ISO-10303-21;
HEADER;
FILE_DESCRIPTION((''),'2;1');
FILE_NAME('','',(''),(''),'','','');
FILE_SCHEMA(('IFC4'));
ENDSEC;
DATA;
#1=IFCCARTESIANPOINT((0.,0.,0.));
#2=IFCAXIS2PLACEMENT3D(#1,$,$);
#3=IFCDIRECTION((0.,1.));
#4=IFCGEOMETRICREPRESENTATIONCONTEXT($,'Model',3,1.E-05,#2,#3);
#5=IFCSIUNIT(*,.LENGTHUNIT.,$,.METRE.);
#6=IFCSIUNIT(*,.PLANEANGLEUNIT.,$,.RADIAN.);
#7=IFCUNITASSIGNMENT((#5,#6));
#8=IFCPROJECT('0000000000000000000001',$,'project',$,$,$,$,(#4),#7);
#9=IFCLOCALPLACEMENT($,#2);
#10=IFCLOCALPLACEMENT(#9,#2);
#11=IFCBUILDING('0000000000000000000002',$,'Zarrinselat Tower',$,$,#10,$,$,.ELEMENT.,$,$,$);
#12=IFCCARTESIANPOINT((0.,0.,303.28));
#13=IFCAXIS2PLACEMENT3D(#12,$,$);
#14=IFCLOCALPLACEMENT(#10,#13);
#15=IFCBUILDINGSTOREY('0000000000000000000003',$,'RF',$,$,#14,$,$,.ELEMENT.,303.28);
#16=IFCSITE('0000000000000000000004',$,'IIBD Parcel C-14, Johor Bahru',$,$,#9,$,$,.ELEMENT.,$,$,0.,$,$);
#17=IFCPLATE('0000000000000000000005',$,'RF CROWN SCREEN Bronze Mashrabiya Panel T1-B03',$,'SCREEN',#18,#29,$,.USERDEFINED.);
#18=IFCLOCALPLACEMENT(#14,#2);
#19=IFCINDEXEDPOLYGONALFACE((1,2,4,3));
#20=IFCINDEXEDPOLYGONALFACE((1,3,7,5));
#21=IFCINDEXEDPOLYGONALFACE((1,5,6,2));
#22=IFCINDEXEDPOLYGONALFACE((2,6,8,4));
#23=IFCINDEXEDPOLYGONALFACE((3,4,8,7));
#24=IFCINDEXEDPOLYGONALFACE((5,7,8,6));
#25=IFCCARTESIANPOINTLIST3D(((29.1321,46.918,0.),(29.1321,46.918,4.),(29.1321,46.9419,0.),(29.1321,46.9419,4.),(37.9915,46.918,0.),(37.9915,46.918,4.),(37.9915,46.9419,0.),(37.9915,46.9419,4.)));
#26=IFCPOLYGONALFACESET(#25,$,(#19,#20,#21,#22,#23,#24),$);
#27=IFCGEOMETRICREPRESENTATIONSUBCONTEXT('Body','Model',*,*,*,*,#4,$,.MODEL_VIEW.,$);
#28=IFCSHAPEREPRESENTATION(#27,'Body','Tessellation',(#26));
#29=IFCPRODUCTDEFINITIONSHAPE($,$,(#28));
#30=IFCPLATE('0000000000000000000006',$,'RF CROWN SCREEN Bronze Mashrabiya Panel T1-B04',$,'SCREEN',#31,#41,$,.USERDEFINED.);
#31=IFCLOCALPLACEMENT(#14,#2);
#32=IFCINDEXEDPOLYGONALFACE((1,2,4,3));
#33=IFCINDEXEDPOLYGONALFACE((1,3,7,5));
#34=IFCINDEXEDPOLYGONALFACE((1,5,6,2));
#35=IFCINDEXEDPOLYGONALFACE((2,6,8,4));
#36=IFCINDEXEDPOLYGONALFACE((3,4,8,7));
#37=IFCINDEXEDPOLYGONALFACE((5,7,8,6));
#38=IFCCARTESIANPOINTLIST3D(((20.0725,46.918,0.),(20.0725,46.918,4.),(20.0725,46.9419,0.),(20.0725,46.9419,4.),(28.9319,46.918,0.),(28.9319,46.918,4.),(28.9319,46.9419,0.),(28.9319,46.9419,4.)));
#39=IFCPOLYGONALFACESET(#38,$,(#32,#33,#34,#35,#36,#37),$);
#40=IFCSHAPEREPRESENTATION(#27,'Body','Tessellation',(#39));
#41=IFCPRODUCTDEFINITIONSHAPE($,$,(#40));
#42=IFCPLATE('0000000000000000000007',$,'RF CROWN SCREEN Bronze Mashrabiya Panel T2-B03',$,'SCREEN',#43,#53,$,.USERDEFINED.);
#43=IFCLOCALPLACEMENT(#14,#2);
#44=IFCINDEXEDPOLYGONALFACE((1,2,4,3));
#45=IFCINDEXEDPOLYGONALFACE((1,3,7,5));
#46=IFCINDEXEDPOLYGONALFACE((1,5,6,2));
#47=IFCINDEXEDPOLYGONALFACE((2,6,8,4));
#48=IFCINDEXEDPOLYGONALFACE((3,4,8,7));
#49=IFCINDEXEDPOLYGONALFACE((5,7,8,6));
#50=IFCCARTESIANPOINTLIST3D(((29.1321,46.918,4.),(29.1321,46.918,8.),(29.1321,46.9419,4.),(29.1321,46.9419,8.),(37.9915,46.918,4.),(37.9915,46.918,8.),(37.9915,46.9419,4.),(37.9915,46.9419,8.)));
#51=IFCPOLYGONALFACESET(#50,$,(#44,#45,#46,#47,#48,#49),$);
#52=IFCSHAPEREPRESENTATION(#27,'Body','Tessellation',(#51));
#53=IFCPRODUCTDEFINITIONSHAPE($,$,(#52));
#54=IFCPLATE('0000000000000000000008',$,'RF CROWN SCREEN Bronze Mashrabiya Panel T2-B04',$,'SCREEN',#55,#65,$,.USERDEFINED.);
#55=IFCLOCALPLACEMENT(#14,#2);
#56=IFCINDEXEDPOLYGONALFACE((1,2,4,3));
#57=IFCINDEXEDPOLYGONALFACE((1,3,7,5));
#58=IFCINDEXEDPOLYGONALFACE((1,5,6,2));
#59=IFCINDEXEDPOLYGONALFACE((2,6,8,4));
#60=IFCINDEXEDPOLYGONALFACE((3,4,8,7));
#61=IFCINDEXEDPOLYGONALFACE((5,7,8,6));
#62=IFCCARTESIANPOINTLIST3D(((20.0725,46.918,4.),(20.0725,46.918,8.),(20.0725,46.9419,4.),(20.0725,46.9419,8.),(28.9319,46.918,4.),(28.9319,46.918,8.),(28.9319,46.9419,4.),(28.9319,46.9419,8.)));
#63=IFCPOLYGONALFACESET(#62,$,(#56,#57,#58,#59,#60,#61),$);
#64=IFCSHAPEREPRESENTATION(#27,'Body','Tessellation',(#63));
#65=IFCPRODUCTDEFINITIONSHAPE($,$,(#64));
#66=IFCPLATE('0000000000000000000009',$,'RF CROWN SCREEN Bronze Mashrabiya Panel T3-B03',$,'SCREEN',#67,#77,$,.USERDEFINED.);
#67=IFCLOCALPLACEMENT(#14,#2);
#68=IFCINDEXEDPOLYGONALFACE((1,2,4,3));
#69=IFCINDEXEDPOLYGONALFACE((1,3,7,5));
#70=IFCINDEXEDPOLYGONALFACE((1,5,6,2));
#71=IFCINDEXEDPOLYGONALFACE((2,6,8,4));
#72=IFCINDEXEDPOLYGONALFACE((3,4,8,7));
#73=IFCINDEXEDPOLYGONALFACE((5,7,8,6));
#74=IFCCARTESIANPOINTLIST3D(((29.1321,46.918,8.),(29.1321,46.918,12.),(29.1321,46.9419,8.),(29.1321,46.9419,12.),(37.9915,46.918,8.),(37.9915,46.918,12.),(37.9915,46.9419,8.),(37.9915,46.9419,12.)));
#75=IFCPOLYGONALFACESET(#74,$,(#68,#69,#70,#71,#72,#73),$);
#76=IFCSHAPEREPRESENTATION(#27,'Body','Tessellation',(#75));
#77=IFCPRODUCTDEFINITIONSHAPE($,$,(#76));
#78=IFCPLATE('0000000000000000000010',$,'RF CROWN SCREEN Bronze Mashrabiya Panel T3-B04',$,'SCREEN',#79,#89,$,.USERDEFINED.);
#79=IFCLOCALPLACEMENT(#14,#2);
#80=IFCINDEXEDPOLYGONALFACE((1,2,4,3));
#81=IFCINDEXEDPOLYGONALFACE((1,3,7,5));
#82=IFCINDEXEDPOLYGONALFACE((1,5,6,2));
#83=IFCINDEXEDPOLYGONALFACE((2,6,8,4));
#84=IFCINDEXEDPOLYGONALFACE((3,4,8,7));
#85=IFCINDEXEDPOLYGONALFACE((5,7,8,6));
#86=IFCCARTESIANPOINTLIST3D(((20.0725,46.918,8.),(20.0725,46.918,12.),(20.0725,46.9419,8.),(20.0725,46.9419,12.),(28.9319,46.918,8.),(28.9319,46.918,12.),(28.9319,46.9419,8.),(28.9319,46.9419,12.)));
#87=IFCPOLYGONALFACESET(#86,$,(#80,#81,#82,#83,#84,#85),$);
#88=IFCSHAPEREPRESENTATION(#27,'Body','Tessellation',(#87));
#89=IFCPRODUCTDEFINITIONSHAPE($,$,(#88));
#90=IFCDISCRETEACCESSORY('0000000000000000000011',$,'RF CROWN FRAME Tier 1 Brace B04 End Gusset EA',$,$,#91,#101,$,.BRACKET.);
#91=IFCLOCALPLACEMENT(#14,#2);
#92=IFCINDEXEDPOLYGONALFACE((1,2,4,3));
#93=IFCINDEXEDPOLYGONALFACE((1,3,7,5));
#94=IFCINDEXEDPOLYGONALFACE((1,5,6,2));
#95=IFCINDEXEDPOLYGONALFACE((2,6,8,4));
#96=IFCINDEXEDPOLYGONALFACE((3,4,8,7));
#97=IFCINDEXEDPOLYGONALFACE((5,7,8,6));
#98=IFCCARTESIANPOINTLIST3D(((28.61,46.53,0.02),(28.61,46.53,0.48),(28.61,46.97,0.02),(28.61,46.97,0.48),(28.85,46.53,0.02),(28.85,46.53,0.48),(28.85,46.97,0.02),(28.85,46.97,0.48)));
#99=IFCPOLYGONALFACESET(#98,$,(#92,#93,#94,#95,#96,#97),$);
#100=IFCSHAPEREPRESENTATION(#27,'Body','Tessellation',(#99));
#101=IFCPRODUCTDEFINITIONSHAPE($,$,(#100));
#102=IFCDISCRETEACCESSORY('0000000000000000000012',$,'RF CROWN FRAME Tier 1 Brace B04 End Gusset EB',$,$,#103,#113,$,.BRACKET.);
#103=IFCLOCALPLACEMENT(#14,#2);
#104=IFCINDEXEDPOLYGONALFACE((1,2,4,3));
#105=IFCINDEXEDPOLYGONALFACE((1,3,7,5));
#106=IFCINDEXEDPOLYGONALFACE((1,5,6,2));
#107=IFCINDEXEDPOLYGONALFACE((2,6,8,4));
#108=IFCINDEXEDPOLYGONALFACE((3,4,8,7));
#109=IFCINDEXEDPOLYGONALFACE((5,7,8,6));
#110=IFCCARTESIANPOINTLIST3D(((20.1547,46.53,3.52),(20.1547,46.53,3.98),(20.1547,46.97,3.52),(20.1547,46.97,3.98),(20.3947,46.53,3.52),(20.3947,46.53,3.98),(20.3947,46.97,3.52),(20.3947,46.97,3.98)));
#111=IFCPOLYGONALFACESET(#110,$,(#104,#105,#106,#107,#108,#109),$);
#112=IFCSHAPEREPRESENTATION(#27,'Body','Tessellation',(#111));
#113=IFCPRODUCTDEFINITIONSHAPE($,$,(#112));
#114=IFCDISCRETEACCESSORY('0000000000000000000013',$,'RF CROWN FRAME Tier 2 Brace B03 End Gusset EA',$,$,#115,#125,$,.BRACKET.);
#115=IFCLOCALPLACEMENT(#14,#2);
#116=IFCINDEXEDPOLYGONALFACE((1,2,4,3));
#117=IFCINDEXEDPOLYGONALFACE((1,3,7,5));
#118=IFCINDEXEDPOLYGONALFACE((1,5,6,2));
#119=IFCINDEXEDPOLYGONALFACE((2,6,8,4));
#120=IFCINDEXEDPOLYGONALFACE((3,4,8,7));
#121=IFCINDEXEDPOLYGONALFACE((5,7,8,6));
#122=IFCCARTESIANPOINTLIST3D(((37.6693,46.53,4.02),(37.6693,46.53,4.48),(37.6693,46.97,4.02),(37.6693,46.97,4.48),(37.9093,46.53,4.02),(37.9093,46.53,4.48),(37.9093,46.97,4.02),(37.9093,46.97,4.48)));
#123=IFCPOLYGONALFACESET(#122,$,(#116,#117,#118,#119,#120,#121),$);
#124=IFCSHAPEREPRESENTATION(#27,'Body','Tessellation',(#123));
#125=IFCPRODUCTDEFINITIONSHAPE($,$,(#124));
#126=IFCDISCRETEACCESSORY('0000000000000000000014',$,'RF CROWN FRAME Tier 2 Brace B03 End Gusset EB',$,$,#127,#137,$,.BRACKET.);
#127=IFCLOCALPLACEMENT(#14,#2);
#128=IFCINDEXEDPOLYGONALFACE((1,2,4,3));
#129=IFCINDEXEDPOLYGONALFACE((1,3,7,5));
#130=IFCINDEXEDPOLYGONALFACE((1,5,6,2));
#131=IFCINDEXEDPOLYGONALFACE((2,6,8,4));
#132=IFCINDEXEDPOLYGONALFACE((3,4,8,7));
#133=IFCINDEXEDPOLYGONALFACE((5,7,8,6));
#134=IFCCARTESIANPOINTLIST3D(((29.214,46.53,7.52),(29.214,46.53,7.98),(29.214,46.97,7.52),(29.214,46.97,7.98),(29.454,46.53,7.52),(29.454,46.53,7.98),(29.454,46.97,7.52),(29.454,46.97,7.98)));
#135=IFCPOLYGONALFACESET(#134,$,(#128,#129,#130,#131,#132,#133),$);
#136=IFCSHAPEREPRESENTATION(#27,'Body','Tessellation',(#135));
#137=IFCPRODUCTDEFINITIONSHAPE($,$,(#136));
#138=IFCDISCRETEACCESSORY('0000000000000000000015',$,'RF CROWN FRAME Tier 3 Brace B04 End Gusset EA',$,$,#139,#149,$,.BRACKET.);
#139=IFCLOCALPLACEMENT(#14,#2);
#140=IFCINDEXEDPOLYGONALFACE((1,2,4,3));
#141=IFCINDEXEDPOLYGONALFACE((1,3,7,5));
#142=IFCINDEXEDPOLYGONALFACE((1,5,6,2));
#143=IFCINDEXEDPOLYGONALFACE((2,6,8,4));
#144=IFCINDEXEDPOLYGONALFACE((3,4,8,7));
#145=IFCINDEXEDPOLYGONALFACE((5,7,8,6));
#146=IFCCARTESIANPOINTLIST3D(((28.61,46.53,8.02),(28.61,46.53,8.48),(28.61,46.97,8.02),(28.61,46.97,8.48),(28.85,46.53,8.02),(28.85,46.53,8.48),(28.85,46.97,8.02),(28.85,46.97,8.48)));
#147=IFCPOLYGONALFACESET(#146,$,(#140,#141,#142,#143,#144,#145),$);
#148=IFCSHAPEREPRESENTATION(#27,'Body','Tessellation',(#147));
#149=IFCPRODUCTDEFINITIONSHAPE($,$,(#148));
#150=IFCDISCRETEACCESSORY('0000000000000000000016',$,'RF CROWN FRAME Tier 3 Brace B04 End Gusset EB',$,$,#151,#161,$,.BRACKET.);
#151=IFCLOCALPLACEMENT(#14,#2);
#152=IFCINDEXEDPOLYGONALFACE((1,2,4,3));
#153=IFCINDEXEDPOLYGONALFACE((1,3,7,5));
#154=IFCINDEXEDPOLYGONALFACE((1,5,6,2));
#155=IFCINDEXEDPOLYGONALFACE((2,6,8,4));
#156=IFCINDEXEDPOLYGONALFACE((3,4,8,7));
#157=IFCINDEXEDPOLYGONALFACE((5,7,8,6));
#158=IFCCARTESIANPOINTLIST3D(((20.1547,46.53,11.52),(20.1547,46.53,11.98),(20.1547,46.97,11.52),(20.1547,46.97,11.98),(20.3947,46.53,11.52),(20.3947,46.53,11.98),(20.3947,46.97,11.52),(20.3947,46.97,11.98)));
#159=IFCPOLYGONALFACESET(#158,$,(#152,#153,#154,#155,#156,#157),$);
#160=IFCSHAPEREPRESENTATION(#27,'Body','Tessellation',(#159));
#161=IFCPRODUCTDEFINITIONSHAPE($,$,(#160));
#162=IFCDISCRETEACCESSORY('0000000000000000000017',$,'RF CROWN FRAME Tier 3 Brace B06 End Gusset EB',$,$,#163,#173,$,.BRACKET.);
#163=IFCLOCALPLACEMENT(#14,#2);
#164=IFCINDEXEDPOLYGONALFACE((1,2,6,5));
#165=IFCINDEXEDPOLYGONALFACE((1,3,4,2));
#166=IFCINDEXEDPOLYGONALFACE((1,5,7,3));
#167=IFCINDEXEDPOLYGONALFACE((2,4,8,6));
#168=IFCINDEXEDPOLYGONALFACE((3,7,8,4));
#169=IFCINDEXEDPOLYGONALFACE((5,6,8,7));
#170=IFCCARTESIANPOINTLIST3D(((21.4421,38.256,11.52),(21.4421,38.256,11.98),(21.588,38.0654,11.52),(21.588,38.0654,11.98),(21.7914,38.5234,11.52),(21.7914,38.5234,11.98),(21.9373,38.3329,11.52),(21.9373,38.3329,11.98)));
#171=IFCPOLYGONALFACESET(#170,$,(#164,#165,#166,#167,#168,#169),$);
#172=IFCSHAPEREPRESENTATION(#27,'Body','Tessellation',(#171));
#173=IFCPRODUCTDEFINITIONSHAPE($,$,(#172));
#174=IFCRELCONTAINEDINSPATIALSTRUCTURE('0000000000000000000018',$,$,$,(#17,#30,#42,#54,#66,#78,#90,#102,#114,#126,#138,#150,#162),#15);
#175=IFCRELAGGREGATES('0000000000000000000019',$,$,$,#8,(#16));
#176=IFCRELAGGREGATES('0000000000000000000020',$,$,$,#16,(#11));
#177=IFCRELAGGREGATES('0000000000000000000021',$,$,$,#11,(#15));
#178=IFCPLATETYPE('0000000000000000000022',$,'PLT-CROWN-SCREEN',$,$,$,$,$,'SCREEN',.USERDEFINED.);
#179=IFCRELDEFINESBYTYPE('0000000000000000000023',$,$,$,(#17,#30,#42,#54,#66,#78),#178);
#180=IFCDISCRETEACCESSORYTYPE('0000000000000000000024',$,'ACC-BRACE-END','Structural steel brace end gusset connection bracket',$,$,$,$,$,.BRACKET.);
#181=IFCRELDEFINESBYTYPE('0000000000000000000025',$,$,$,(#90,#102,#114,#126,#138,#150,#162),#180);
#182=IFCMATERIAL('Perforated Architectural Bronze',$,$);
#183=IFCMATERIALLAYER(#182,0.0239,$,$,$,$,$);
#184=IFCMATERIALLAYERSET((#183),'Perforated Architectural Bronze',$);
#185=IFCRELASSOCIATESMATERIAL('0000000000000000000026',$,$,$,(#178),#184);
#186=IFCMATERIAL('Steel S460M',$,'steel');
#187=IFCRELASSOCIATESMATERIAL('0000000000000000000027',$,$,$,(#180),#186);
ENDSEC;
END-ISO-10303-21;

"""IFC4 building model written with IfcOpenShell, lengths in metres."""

from ifc_helpers import new_model, si_unit, direction, frame, origin, origin_2d, place, context, subcontext, project, spatial, rectangle, extrude, material, layer, layer_set, type_object, element, save


model = new_model("IFC4")

# Units and contexts
model_context = context("Model", 3, precision=1e-05, world=origin(), true_north=direction((0.0, 1.0)))
body_context = subcontext(model_context, "Body", "Model", "MODEL_VIEW")
ifc_project = project(units=[si_unit("LENGTHUNIT", "METRE"), si_unit("PLANEANGLEUNIT", "RADIAN")], contexts=[model_context])

# Site, building, storey
site_placement = place(None, origin())
site = spatial("IfcSite", under=ifc_project, at=site_placement, Name="IIBD Parcel C-14, Johor Bahru", CompositionType="ELEMENT", RefElevation=0.0)
building_placement = place(site_placement, origin())
building = spatial("IfcBuilding", under=site, at=building_placement, Name="Zarrinselat Tower", CompositionType="ELEMENT")
storey_placement = place(building_placement, frame((0.0, 0.0, 303.28)))
storey = spatial("IfcBuildingStorey", under=building, at=storey_placement, Name="RF", CompositionType="ELEMENT", Elevation=303.28)

# Plates
ifc_material_1 = material(Name="Perforated Architectural Bronze")
ifc_layer_1 = layer(ifc_material_1, 0.0239)
ifc_layer_set_1 = layer_set([ifc_layer_1], Name="Perforated Architectural Bronze")
plate_type = type_object("IfcPlateType", Name="PLT-CROWN-SCREEN", ElementType="SCREEN", PredefinedType="USERDEFINED", material=ifc_layer_set_1)
for number, where, z_axis, x_axis, name in (
    (1, (33.5618, 46.9299, 0.0), (0.0, 0.0, 1.0), (-1.0, 0.0, 0.0), "RF CROWN SCREEN Bronze Mashrabiya Panel T1-B03"),
    (2, (24.5022, 46.9299, 0.0), (0.0, 0.0, 1.0), (-1.0, 0.0, 0.0), "RF CROWN SCREEN Bronze Mashrabiya Panel T1-B04"),
    (3, (33.5618, 46.9299, 4.0), (0.0, 0.0, 1.0), (-1.0, 0.0, 0.0), "RF CROWN SCREEN Bronze Mashrabiya Panel T2-B03"),
    (4, (24.5022, 46.9299, 4.0), (0.0, 0.0, 1.0), (-1.0, 0.0, 0.0), "RF CROWN SCREEN Bronze Mashrabiya Panel T2-B04"),
    (5, (33.5618, 46.9299, 8.0), (0.0, 0.0, 1.0), (-1.0, 0.0, 0.0), "RF CROWN SCREEN Bronze Mashrabiya Panel T3-B03"),
    (6, (24.5022, 46.9299, 8.0), (0.0, 0.0, 1.0), (-1.0, 0.0, 0.0), "RF CROWN SCREEN Bronze Mashrabiya Panel T3-B04"),
):
    element("IfcPlate", number, at=place(storey_placement, frame(where, z_axis=z_axis, x_axis=x_axis)), inside=storey, type_object=plate_type, Name=name, ObjectType="SCREEN", PredefinedType="USERDEFINED", context=body_context, shape_type="SweptSolid", body=[
        extrude(rectangle(XDim=8.8594, YDim=0.0239, at=origin_2d()), origin(), (0.0, 0.0, 1.0), 4.0),
    ])

# Discrete accessories
ifc_material_2 = material(Name="Steel S460M", Category="steel")
discrete_accessory_type = type_object("IfcDiscreteAccessoryType", Name="ACC-BRACE-END", Description="Structural steel brace end gusset connection bracket", PredefinedType="BRACKET", material=ifc_material_2)
for number, where, z_axis, x_axis, name in (
    (7, (28.73, 46.75, 0.02), (0.0, 0.0, 1.0), (-1.0, 0.0, 0.0), "RF CROWN FRAME Tier 1 Brace B04 End Gusset EA"),
    (8, (20.2747, 46.75, 3.52), (0.0, 0.0, 1.0), (-1.0, 0.0, 0.0), "RF CROWN FRAME Tier 1 Brace B04 End Gusset EB"),
    (9, (37.7893, 46.75, 4.02), (0.0, 0.0, 1.0), (-1.0, 0.0, 0.0), "RF CROWN FRAME Tier 2 Brace B03 End Gusset EA"),
    (10, (29.334, 46.75, 7.52), (0.0, 0.0, 1.0), (-1.0, 0.0, 0.0), "RF CROWN FRAME Tier 2 Brace B03 End Gusset EB"),
    (11, (28.73, 46.75, 8.02), (0.0, 0.0, 1.0), (-1.0, 0.0, 0.0), "RF CROWN FRAME Tier 3 Brace B04 End Gusset EA"),
    (12, (20.2747, 46.75, 11.52), (0.0, 0.0, 1.0), (-1.0, 0.0, 0.0), "RF CROWN FRAME Tier 3 Brace B04 End Gusset EB"),
    (13, (21.6897, 38.2944, 11.52), (0.0, 0.0, 1.0), (0.607896, -0.794016, 0.0), "RF CROWN FRAME Tier 3 Brace B06 End Gusset EB"),
):
    element("IfcDiscreteAccessory", number, at=place(storey_placement, frame(where, z_axis=z_axis, x_axis=x_axis)), inside=storey, type_object=discrete_accessory_type, Name=name, PredefinedType="BRACKET", context=body_context, shape_type="SweptSolid", body=[
        extrude(rectangle(XDim=0.24, YDim=0.4399, at=origin_2d()), origin(), (0.0, 0.0, 1.0), 0.46),
    ])

save(model, "model.ifc")
